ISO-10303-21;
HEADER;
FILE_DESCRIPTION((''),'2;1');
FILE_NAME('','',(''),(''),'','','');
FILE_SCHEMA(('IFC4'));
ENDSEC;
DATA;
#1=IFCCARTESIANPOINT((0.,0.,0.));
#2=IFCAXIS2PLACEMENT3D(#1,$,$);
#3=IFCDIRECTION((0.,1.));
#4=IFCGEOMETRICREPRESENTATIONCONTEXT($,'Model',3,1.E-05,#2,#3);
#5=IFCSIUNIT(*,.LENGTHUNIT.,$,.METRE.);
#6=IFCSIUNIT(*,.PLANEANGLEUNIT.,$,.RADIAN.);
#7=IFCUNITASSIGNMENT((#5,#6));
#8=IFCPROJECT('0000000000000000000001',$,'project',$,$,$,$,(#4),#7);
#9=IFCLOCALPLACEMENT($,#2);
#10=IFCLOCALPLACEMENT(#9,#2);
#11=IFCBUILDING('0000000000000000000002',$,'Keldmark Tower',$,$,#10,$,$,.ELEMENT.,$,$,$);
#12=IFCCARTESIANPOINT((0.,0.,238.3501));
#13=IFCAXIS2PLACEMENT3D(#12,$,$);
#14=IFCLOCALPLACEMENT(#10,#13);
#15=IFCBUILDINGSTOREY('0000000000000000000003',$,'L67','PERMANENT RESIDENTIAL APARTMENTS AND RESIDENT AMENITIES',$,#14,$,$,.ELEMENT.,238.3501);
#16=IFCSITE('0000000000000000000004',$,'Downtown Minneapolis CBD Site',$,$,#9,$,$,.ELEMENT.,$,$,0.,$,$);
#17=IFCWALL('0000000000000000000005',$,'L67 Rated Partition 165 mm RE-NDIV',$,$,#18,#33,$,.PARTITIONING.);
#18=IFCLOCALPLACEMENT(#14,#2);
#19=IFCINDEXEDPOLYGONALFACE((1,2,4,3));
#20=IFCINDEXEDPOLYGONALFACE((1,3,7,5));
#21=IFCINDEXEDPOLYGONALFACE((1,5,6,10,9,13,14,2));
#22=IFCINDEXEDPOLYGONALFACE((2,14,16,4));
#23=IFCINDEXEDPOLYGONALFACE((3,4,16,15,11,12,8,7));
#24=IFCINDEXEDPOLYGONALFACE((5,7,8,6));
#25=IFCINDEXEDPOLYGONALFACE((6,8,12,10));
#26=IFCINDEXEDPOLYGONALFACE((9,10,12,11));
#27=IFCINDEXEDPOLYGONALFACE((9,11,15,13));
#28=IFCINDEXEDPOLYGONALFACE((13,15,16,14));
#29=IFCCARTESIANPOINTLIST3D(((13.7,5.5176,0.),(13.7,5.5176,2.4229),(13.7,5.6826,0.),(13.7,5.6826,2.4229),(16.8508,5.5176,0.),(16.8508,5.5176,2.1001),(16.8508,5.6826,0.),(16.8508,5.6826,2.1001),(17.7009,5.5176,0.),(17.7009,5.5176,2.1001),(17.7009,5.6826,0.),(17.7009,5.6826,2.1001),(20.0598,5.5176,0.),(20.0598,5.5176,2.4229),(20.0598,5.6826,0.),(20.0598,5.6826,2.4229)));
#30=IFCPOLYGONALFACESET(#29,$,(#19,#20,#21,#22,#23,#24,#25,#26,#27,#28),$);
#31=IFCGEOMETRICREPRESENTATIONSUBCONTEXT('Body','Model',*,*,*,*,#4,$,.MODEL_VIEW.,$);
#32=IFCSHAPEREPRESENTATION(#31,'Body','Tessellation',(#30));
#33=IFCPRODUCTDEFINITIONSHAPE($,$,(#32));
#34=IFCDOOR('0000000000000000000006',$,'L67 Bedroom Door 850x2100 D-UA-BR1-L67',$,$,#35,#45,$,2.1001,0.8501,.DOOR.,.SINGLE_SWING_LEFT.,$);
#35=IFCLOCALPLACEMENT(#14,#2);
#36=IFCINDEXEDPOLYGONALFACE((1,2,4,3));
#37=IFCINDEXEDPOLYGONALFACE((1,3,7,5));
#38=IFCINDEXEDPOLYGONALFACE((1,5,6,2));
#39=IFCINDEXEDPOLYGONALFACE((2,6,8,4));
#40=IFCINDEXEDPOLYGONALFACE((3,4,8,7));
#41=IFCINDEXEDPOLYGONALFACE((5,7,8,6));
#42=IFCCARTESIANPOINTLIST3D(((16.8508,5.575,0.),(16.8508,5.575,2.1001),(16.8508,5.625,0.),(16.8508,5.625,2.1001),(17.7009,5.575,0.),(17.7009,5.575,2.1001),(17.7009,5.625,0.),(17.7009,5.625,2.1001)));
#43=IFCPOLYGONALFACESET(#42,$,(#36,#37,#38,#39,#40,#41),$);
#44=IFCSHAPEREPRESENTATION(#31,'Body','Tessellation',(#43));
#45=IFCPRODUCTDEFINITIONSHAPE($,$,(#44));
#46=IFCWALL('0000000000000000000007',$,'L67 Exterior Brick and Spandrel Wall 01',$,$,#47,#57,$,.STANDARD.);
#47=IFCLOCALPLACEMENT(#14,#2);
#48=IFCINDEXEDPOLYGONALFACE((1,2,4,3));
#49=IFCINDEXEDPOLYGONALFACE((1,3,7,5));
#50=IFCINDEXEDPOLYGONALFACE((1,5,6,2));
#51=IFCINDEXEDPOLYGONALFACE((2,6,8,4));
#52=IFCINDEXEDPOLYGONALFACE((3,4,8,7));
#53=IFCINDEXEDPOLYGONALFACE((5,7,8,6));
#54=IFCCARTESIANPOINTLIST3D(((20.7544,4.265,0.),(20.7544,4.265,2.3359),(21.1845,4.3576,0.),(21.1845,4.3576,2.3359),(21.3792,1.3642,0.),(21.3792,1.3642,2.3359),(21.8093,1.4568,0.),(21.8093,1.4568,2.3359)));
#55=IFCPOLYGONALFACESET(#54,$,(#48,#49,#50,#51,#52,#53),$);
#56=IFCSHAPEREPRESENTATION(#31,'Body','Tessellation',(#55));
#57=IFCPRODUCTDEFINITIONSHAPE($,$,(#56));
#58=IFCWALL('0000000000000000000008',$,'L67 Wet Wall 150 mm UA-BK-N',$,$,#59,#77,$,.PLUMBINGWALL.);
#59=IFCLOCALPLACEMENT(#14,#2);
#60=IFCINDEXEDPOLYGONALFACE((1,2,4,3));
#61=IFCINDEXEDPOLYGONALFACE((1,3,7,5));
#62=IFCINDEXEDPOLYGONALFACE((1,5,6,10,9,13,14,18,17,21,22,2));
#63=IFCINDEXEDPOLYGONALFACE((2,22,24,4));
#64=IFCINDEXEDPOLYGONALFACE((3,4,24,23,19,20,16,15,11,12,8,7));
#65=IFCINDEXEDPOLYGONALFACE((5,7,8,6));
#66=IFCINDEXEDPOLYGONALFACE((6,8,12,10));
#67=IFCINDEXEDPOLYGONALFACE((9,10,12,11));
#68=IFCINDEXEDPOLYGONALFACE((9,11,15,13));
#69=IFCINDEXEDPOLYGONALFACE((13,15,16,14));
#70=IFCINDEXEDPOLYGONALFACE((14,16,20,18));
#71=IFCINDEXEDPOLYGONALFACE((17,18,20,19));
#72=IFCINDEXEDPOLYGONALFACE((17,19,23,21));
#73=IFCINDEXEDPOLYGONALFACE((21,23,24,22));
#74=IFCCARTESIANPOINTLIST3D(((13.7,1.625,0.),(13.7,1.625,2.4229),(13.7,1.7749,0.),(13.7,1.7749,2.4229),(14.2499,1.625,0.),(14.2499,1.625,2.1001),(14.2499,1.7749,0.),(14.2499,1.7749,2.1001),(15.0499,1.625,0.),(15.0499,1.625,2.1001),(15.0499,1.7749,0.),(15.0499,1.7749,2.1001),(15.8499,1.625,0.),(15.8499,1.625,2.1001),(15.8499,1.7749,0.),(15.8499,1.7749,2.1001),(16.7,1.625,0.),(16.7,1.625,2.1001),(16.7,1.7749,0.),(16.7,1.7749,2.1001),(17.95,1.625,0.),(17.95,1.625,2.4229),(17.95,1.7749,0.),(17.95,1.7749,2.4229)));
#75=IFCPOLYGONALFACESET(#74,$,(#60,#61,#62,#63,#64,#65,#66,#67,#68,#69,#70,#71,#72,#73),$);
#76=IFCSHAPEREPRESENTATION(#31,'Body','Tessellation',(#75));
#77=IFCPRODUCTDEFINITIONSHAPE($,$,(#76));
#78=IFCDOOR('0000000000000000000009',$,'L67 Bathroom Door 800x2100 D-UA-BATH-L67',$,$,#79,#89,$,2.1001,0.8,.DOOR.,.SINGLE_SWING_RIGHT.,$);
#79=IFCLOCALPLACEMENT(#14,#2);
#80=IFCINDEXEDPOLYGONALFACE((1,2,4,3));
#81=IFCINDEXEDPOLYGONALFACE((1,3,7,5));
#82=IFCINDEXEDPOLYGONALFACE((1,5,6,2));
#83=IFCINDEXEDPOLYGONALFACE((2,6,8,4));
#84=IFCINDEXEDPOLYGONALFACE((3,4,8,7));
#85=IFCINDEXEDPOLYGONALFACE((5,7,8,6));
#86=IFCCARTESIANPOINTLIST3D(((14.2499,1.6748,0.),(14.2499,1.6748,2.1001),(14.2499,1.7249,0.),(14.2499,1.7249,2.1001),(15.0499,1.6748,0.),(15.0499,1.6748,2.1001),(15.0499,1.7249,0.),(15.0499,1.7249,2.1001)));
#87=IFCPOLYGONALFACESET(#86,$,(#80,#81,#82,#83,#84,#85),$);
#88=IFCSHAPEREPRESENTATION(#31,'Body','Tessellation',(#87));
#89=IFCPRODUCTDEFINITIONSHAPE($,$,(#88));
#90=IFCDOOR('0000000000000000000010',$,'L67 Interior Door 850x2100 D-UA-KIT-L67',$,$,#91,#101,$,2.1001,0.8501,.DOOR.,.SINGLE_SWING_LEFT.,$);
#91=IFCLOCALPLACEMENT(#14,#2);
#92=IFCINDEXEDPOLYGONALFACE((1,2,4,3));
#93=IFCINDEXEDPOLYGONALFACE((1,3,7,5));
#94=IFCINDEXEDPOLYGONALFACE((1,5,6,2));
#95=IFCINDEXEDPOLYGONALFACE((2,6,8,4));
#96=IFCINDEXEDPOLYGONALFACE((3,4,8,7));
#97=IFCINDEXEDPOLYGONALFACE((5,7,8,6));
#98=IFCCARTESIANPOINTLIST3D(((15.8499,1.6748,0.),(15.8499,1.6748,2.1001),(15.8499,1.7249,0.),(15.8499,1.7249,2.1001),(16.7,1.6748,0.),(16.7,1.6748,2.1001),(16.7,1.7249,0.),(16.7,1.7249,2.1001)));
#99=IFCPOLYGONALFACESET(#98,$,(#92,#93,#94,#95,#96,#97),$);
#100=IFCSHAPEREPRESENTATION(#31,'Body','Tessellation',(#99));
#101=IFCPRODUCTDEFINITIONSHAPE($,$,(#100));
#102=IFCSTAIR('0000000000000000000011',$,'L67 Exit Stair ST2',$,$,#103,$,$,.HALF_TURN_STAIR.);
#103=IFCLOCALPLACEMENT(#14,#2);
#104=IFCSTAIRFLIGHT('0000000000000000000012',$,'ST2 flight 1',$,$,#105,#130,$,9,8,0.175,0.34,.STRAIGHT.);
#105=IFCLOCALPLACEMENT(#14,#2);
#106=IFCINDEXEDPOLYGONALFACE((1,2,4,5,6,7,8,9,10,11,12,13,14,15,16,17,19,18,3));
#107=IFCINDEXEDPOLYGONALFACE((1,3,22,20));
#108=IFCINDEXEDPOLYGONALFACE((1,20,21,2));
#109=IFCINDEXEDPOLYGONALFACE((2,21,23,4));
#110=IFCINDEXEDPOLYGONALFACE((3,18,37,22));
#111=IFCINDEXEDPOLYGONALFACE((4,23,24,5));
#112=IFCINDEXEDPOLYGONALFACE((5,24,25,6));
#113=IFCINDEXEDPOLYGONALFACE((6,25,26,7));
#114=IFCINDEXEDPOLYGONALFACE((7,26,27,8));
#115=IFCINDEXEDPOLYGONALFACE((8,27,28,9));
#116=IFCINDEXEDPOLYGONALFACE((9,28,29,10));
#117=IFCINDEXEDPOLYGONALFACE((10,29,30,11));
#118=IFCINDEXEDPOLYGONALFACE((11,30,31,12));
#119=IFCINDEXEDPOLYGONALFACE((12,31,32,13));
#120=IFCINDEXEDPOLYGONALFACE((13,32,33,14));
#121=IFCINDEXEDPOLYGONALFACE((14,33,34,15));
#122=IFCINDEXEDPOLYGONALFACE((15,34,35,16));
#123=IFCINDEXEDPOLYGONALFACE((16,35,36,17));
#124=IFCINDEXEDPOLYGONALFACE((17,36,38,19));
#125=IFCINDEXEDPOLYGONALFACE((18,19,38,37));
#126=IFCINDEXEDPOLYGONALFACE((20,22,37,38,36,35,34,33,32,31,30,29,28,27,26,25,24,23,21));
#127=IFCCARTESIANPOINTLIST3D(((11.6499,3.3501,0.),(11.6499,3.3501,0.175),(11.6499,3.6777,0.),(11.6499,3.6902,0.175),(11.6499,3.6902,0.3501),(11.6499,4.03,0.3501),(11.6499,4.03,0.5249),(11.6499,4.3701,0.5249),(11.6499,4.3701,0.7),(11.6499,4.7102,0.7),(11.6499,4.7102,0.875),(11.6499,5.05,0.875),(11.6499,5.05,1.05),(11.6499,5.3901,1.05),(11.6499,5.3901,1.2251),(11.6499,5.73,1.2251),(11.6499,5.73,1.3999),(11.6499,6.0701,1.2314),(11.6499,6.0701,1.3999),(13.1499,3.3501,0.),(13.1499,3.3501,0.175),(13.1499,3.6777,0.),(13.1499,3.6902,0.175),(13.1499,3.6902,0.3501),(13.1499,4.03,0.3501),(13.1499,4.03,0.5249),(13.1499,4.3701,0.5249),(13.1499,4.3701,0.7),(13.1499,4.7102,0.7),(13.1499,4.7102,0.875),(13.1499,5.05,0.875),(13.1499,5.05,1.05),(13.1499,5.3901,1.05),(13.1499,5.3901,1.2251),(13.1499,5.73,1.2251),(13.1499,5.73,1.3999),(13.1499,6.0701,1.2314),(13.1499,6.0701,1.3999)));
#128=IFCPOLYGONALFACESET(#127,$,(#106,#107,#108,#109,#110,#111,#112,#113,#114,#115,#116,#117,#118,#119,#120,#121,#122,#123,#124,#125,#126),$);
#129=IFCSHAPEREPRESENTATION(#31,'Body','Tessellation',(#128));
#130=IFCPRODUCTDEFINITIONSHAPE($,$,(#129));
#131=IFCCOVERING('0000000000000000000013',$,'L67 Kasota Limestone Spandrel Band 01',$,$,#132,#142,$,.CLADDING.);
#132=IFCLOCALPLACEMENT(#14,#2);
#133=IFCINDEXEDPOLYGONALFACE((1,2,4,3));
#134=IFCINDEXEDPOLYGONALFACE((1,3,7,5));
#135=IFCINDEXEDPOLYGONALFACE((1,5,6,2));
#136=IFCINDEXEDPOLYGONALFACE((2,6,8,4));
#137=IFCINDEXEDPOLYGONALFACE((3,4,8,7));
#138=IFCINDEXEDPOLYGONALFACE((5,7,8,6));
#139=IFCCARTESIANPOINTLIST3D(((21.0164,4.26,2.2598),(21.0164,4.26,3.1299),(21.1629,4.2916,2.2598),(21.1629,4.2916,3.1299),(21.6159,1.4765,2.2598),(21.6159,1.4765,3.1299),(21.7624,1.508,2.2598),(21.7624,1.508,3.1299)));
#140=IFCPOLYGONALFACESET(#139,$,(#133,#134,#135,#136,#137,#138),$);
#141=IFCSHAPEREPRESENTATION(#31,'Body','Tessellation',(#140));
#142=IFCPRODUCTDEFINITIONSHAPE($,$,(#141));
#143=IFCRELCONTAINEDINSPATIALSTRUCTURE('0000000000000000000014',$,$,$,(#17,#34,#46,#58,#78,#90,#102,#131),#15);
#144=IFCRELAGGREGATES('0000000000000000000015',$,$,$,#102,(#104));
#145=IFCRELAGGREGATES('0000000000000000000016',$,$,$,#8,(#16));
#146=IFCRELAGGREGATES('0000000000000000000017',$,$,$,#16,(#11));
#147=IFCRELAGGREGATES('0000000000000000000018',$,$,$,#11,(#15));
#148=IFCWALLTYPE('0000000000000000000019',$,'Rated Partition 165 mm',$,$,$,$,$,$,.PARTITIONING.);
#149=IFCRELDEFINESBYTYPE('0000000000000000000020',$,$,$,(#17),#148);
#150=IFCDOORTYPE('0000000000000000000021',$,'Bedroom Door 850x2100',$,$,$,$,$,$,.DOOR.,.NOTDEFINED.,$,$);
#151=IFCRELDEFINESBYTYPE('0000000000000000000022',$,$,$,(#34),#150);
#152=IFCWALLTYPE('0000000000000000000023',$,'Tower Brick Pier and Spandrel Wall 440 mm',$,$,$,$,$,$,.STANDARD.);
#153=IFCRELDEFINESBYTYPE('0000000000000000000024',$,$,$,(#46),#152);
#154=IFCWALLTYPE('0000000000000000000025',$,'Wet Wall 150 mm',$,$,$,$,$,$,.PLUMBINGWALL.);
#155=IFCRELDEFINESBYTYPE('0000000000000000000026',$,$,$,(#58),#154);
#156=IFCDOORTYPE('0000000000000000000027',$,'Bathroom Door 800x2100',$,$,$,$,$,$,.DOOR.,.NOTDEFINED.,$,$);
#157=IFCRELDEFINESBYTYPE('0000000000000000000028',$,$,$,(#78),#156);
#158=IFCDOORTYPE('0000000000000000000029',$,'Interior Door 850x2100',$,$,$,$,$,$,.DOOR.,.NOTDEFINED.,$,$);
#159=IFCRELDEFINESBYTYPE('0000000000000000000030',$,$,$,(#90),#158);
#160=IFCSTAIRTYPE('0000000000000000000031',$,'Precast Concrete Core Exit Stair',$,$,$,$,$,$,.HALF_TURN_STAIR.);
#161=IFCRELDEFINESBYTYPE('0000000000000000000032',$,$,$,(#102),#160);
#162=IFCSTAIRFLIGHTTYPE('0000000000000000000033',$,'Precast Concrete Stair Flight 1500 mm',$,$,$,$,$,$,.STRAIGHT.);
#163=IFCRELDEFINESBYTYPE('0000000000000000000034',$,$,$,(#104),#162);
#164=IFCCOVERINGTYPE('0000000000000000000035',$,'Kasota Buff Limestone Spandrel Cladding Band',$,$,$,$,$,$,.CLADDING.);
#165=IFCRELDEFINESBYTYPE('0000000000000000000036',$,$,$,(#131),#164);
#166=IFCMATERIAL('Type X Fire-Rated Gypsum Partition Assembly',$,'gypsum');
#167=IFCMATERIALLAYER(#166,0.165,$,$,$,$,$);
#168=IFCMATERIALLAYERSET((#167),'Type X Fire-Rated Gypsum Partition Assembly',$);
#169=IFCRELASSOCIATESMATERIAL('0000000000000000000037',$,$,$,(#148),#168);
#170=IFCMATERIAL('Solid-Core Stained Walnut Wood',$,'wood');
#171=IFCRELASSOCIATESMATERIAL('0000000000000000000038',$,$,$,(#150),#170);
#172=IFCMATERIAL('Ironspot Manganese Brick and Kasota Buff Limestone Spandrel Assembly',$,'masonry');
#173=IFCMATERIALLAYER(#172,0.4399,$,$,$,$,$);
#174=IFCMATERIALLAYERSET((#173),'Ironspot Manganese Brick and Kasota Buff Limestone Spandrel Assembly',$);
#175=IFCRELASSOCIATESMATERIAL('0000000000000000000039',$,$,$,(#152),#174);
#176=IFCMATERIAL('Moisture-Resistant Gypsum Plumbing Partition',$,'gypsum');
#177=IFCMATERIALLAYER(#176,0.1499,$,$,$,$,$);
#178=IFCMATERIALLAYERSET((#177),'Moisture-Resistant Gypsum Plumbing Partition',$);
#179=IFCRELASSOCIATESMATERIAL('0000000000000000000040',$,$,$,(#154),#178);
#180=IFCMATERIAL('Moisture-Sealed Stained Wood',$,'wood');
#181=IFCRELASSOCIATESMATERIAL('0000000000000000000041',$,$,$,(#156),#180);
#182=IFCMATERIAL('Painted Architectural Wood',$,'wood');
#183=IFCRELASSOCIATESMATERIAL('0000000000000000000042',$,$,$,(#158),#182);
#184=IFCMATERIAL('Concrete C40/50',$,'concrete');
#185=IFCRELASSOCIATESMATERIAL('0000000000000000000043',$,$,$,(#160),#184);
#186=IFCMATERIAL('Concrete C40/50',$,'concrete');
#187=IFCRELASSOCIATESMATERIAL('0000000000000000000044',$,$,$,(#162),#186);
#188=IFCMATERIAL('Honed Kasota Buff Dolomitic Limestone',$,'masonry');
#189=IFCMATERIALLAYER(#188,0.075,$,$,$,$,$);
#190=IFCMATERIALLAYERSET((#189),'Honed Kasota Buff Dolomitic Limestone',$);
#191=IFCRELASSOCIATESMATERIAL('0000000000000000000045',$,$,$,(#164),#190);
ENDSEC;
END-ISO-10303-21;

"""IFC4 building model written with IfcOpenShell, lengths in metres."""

from ifc_helpers import new_model, si_unit, direction, frame, frame_2d, origin, origin_2d, place, context, subcontext, project, spatial, polyline, rectangle, outline, extrude, material, layer, layer_set, type_object, element, fill, aggregate, save


model = new_model("IFC4")

# Units and contexts
model_context = context("Model", 3, precision=1e-05, world=origin(), true_north=direction((0.0, 1.0)))
body_context = subcontext(model_context, "Body", "Model", "MODEL_VIEW")
ifc_project = project(units=[si_unit("LENGTHUNIT", "METRE"), si_unit("PLANEANGLEUNIT", "RADIAN")], contexts=[model_context])

# Site, building, storey
site_placement = place(None, origin())
site = spatial("IfcSite", under=ifc_project, at=site_placement, Name="Downtown Minneapolis CBD Site", CompositionType="ELEMENT", RefElevation=0.0)
building_placement = place(site_placement, origin())
building = spatial("IfcBuilding", under=site, at=building_placement, Name="Keldmark Tower", CompositionType="ELEMENT")
storey_placement = place(building_placement, frame((0.0, 0.0, 238.3501)))
storey = spatial("IfcBuildingStorey", under=building, at=storey_placement, Name="L67", Description="PERMANENT RESIDENTIAL APARTMENTS AND RESIDENT AMENITIES", CompositionType="ELEMENT", Elevation=238.3501)

# Wall, opening, door
ifc_material_1 = material(Name="Type X Fire-Rated Gypsum Partition Assembly", Category="gypsum")
ifc_layer_1 = layer(ifc_material_1, 0.165)
ifc_layer_set_1 = layer_set([ifc_layer_1], Name="Type X Fire-Rated Gypsum Partition Assembly")
wall_type_1 = type_object("IfcWallType", Name="Rated Partition 165 mm", PredefinedType="PARTITIONING", material=ifc_layer_set_1)
wall_1_placement = place(storey_placement, frame((13.7, 5.6001, 0.0), z_axis=(0.0, 0.0, 1.0), x_axis=(1.0, 0.0, 0.0)))
wall_1 = element("IfcWall", 1, at=wall_1_placement, inside=storey, type_object=wall_type_1, Name="L67 Rated Partition 165 mm RE-NDIV", PredefinedType="PARTITIONING", context=body_context, shape_type="SweptSolid", body=[
    extrude(rectangle(XDim=6.3599, YDim=0.165, at=frame_2d((3.1799, 0.0))), origin(), (0.0, 0.0, 1.0), 2.4229),
])
opening_1_placement = place(wall_1_placement, frame((3.1509, 0.0, 0.0)))
opening_1 = element("IfcOpeningElement", 2, at=opening_1_placement, cuts=wall_1, PredefinedType="OPENING", context=body_context, shape_type="SweptSolid", body=[
    extrude(rectangle(XDim=0.8501, YDim=2.1001, at=frame_2d((0.425, 1.05))), frame((0.0, 0.0925, 0.0), z_axis=(0.0, -1.0, 0.0), x_axis=(1.0, 0.0, 0.0)), (0.0, 0.0, 1.0), 0.1851),
])
ifc_material_2 = material(Name="Solid-Core Stained Walnut Wood", Category="wood")
door_type_1 = type_object("IfcDoorType", Name="Bedroom Door 850x2100", OperationType="NOTDEFINED", PredefinedType="DOOR", material=ifc_material_2)
door_1_placement = place(opening_1_placement, origin())
door_1 = element("IfcDoor", 3, at=door_1_placement, inside=storey, type_object=door_type_1, Name="L67 Bedroom Door 850x2100 D-UA-BR1-L67", OperationType="SINGLE_SWING_LEFT", OverallHeight=2.1001, OverallWidth=0.8501, PredefinedType="DOOR", context=body_context, shape_type="SweptSolid", body=[
    extrude(rectangle(XDim=0.8501, YDim=2.1001, at=frame_2d((0.425, 1.05))), frame((0.0, 0.0249, 0.0), z_axis=(0.0, -1.0, 0.0), x_axis=(1.0, 0.0, 0.0)), (0.0, 0.0, 1.0), 0.05),
])
fill(opening_1, door_1)

# Wall
ifc_material_3 = material(Name="Ironspot Manganese Brick and Kasota Buff Limestone Spandrel Assembly", Category="masonry")
ifc_layer_2 = layer(ifc_material_3, 0.4399)
ifc_layer_set_2 = layer_set([ifc_layer_2], Name="Ironspot Manganese Brick and Kasota Buff Limestone Spandrel Assembly")
wall_type_2 = type_object("IfcWallType", Name="Tower Brick Pier and Spandrel Wall 440 mm", PredefinedType="STANDARD", material=ifc_layer_set_2)
wall_2_placement = place(storey_placement, frame((20.9695, 4.3113, 0.0), z_axis=(0.0, 0.0, 1.0), x_axis=(0.21054, -0.977585, 0.0)))
element("IfcWall", 4, at=wall_2_placement, inside=storey, type_object=wall_type_2, Name="L67 Exterior Brick and Spandrel Wall 01", PredefinedType="STANDARD", context=body_context, shape_type="SweptSolid", body=[
    extrude(rectangle(XDim=2.9673, YDim=0.4399, at=frame_2d((1.4836, 0.0))), origin(), (0.0, 0.0, 1.0), 2.3359),
])

# Wall, openings, doors
ifc_material_4 = material(Name="Moisture-Resistant Gypsum Plumbing Partition", Category="gypsum")
ifc_layer_3 = layer(ifc_material_4, 0.1499)
ifc_layer_set_3 = layer_set([ifc_layer_3], Name="Moisture-Resistant Gypsum Plumbing Partition")
wall_type_3 = type_object("IfcWallType", Name="Wet Wall 150 mm", PredefinedType="PLUMBINGWALL", material=ifc_layer_set_3)
wall_3_placement = place(storey_placement, frame((13.7, 1.7, 0.0), z_axis=(0.0, 0.0, 1.0), x_axis=(1.0, 0.0, 0.0)))
wall_3 = element("IfcWall", 5, at=wall_3_placement, inside=storey, type_object=wall_type_3, Name="L67 Wet Wall 150 mm UA-BK-N", PredefinedType="PLUMBINGWALL", context=body_context, shape_type="SweptSolid", body=[
    extrude(rectangle(XDim=4.25, YDim=0.1499, at=frame_2d((2.125, 0.0))), origin(), (0.0, 0.0, 1.0), 2.4229),
])
opening_2_placement = place(wall_3_placement, frame((0.55, 0.0, 0.0)))
opening_2 = element("IfcOpeningElement", 6, at=opening_2_placement, cuts=wall_3, PredefinedType="OPENING", context=body_context, shape_type="SweptSolid", body=[
    extrude(rectangle(XDim=0.8, YDim=2.1001, at=frame_2d((0.3999, 1.05))), frame((0.0, 0.085, 0.0), z_axis=(0.0, -1.0, 0.0), x_axis=(1.0, 0.0, 0.0)), (0.0, 0.0, 1.0), 0.1699),
])
opening_3_placement = place(wall_3_placement, frame((2.1499, 0.0, 0.0)))
opening_3 = element("IfcOpeningElement", 7, at=opening_3_placement, cuts=wall_3, PredefinedType="OPENING", context=body_context, shape_type="SweptSolid", body=[
    extrude(rectangle(XDim=0.8501, YDim=2.1001, at=frame_2d((0.425, 1.05))), frame((0.0, 0.085, 0.0), z_axis=(0.0, -1.0, 0.0), x_axis=(1.0, 0.0, 0.0)), (0.0, 0.0, 1.0), 0.1699),
])
ifc_material_5 = material(Name="Moisture-Sealed Stained Wood", Category="wood")
door_type_2 = type_object("IfcDoorType", Name="Bathroom Door 800x2100", OperationType="NOTDEFINED", PredefinedType="DOOR", material=ifc_material_5)
door_2_placement = place(opening_2_placement, origin())
door_2 = element("IfcDoor", 8, at=door_2_placement, inside=storey, type_object=door_type_2, Name="L67 Bathroom Door 800x2100 D-UA-BATH-L67", OperationType="SINGLE_SWING_RIGHT", OverallHeight=2.1001, OverallWidth=0.8, PredefinedType="DOOR", context=body_context, shape_type="SweptSolid", body=[
    extrude(rectangle(XDim=0.8, YDim=2.1001, at=frame_2d((0.3999, 1.05))), frame((0.0, 0.0249, 0.0), z_axis=(0.0, -1.0, 0.0), x_axis=(1.0, 0.0, 0.0)), (0.0, 0.0, 1.0), 0.05),
])
fill(opening_2, door_2)
ifc_material_6 = material(Name="Painted Architectural Wood", Category="wood")
door_type_3 = type_object("IfcDoorType", Name="Interior Door 850x2100", OperationType="NOTDEFINED", PredefinedType="DOOR", material=ifc_material_6)
door_3_placement = place(opening_3_placement, origin())
door_3 = element("IfcDoor", 9, at=door_3_placement, inside=storey, type_object=door_type_3, Name="L67 Interior Door 850x2100 D-UA-KIT-L67", OperationType="SINGLE_SWING_LEFT", OverallHeight=2.1001, OverallWidth=0.8501, PredefinedType="DOOR", context=body_context, shape_type="SweptSolid", body=[
    extrude(rectangle(XDim=0.8501, YDim=2.1001, at=frame_2d((0.425, 1.05))), frame((0.0, 0.0249, 0.0), z_axis=(0.0, -1.0, 0.0), x_axis=(1.0, 0.0, 0.0)), (0.0, 0.0, 1.0), 0.05),
])
fill(opening_3, door_3)

# Stair, stair flight
ifc_material_7 = material(Name="Concrete C40/50", Category="concrete")
stair_type = type_object("IfcStairType", Name="Precast Concrete Core Exit Stair", PredefinedType="HALF_TURN_STAIR", material=ifc_material_7)
stair_placement = place(storey_placement, origin())
stair = element("IfcStair", 10, at=stair_placement, inside=storey, type_object=stair_type, Name="L67 Exit Stair ST2", PredefinedType="HALF_TURN_STAIR")
ifc_material_8 = material(Name="Concrete C40/50", Category="concrete")
stair_flight_type = type_object("IfcStairFlightType", Name="Precast Concrete Stair Flight 1500 mm", PredefinedType="STRAIGHT", material=ifc_material_8)
stair_flight_placement = place(storey_placement, frame((12.3999, 3.3501, 0.0), z_axis=(0.0, 0.0, 1.0), x_axis=(0.0, 1.0, 0.0)))
stair_flight = element("IfcStairFlight", 11, at=stair_flight_placement, type_object=stair_flight_type, Name="ST2 flight 1", NumberOfRisers=9, NumberOfTreads=8, PredefinedType="STRAIGHT", RiserHeight=0.175, TreadLength=0.34, context=body_context, shape_type="SweptSolid", body=[
    extrude(outline(polyline([(0.0, 0.0), (0.0, 0.175), (0.3401, 0.175), (0.3401, 0.3501), (0.6799, 0.3501), (0.6799, 0.5249), (1.02, 0.5249), (1.02, 0.7), (1.3601, 0.7), (1.3601, 0.875), (1.7, 0.875), (1.7, 1.05), (2.04, 1.05), (2.04, 1.2251), (2.3799, 1.2251), (2.3799, 1.3999), (2.72, 1.3999), (2.72, 1.575), (2.72, 1.2314), (0.3276, 0.0), (0.0, 0.0)])), frame((0.0, 0.75, 0.0), z_axis=(0.0, -1.0, 0.0), x_axis=(1.0, 0.0, 0.0)), (0.0, 0.0, 1.0), 1.5),
])
aggregate(stair, [stair_flight])

# Covering
ifc_material_9 = material(Name="Honed Kasota Buff Dolomitic Limestone", Category="masonry")
ifc_layer_4 = layer(ifc_material_9, 0.075)
ifc_layer_set_4 = layer_set([ifc_layer_4], Name="Honed Kasota Buff Dolomitic Limestone")
covering_type = type_object("IfcCoveringType", Name="Kasota Buff Limestone Spandrel Cladding Band", PredefinedType="CLADDING", material=ifc_layer_set_4)
covering_placement = place(storey_placement, frame((21.3894, 2.884, 2.2598), z_axis=(0.0, 0.0, 1.0), x_axis=(-0.21054, 0.977585, 0.0)))
element("IfcCovering", 12, at=covering_placement, inside=storey, type_object=covering_type, Name="L67 Kasota Limestone Spandrel Band 01", PredefinedType="CLADDING", context=body_context, shape_type="SweptSolid", body=[
    extrude(rectangle(XDim=2.8474, YDim=0.1499, at=origin_2d()), origin(), (0.0, 0.0, 1.0), 0.8701),
])

save(model, "model.ifc")
